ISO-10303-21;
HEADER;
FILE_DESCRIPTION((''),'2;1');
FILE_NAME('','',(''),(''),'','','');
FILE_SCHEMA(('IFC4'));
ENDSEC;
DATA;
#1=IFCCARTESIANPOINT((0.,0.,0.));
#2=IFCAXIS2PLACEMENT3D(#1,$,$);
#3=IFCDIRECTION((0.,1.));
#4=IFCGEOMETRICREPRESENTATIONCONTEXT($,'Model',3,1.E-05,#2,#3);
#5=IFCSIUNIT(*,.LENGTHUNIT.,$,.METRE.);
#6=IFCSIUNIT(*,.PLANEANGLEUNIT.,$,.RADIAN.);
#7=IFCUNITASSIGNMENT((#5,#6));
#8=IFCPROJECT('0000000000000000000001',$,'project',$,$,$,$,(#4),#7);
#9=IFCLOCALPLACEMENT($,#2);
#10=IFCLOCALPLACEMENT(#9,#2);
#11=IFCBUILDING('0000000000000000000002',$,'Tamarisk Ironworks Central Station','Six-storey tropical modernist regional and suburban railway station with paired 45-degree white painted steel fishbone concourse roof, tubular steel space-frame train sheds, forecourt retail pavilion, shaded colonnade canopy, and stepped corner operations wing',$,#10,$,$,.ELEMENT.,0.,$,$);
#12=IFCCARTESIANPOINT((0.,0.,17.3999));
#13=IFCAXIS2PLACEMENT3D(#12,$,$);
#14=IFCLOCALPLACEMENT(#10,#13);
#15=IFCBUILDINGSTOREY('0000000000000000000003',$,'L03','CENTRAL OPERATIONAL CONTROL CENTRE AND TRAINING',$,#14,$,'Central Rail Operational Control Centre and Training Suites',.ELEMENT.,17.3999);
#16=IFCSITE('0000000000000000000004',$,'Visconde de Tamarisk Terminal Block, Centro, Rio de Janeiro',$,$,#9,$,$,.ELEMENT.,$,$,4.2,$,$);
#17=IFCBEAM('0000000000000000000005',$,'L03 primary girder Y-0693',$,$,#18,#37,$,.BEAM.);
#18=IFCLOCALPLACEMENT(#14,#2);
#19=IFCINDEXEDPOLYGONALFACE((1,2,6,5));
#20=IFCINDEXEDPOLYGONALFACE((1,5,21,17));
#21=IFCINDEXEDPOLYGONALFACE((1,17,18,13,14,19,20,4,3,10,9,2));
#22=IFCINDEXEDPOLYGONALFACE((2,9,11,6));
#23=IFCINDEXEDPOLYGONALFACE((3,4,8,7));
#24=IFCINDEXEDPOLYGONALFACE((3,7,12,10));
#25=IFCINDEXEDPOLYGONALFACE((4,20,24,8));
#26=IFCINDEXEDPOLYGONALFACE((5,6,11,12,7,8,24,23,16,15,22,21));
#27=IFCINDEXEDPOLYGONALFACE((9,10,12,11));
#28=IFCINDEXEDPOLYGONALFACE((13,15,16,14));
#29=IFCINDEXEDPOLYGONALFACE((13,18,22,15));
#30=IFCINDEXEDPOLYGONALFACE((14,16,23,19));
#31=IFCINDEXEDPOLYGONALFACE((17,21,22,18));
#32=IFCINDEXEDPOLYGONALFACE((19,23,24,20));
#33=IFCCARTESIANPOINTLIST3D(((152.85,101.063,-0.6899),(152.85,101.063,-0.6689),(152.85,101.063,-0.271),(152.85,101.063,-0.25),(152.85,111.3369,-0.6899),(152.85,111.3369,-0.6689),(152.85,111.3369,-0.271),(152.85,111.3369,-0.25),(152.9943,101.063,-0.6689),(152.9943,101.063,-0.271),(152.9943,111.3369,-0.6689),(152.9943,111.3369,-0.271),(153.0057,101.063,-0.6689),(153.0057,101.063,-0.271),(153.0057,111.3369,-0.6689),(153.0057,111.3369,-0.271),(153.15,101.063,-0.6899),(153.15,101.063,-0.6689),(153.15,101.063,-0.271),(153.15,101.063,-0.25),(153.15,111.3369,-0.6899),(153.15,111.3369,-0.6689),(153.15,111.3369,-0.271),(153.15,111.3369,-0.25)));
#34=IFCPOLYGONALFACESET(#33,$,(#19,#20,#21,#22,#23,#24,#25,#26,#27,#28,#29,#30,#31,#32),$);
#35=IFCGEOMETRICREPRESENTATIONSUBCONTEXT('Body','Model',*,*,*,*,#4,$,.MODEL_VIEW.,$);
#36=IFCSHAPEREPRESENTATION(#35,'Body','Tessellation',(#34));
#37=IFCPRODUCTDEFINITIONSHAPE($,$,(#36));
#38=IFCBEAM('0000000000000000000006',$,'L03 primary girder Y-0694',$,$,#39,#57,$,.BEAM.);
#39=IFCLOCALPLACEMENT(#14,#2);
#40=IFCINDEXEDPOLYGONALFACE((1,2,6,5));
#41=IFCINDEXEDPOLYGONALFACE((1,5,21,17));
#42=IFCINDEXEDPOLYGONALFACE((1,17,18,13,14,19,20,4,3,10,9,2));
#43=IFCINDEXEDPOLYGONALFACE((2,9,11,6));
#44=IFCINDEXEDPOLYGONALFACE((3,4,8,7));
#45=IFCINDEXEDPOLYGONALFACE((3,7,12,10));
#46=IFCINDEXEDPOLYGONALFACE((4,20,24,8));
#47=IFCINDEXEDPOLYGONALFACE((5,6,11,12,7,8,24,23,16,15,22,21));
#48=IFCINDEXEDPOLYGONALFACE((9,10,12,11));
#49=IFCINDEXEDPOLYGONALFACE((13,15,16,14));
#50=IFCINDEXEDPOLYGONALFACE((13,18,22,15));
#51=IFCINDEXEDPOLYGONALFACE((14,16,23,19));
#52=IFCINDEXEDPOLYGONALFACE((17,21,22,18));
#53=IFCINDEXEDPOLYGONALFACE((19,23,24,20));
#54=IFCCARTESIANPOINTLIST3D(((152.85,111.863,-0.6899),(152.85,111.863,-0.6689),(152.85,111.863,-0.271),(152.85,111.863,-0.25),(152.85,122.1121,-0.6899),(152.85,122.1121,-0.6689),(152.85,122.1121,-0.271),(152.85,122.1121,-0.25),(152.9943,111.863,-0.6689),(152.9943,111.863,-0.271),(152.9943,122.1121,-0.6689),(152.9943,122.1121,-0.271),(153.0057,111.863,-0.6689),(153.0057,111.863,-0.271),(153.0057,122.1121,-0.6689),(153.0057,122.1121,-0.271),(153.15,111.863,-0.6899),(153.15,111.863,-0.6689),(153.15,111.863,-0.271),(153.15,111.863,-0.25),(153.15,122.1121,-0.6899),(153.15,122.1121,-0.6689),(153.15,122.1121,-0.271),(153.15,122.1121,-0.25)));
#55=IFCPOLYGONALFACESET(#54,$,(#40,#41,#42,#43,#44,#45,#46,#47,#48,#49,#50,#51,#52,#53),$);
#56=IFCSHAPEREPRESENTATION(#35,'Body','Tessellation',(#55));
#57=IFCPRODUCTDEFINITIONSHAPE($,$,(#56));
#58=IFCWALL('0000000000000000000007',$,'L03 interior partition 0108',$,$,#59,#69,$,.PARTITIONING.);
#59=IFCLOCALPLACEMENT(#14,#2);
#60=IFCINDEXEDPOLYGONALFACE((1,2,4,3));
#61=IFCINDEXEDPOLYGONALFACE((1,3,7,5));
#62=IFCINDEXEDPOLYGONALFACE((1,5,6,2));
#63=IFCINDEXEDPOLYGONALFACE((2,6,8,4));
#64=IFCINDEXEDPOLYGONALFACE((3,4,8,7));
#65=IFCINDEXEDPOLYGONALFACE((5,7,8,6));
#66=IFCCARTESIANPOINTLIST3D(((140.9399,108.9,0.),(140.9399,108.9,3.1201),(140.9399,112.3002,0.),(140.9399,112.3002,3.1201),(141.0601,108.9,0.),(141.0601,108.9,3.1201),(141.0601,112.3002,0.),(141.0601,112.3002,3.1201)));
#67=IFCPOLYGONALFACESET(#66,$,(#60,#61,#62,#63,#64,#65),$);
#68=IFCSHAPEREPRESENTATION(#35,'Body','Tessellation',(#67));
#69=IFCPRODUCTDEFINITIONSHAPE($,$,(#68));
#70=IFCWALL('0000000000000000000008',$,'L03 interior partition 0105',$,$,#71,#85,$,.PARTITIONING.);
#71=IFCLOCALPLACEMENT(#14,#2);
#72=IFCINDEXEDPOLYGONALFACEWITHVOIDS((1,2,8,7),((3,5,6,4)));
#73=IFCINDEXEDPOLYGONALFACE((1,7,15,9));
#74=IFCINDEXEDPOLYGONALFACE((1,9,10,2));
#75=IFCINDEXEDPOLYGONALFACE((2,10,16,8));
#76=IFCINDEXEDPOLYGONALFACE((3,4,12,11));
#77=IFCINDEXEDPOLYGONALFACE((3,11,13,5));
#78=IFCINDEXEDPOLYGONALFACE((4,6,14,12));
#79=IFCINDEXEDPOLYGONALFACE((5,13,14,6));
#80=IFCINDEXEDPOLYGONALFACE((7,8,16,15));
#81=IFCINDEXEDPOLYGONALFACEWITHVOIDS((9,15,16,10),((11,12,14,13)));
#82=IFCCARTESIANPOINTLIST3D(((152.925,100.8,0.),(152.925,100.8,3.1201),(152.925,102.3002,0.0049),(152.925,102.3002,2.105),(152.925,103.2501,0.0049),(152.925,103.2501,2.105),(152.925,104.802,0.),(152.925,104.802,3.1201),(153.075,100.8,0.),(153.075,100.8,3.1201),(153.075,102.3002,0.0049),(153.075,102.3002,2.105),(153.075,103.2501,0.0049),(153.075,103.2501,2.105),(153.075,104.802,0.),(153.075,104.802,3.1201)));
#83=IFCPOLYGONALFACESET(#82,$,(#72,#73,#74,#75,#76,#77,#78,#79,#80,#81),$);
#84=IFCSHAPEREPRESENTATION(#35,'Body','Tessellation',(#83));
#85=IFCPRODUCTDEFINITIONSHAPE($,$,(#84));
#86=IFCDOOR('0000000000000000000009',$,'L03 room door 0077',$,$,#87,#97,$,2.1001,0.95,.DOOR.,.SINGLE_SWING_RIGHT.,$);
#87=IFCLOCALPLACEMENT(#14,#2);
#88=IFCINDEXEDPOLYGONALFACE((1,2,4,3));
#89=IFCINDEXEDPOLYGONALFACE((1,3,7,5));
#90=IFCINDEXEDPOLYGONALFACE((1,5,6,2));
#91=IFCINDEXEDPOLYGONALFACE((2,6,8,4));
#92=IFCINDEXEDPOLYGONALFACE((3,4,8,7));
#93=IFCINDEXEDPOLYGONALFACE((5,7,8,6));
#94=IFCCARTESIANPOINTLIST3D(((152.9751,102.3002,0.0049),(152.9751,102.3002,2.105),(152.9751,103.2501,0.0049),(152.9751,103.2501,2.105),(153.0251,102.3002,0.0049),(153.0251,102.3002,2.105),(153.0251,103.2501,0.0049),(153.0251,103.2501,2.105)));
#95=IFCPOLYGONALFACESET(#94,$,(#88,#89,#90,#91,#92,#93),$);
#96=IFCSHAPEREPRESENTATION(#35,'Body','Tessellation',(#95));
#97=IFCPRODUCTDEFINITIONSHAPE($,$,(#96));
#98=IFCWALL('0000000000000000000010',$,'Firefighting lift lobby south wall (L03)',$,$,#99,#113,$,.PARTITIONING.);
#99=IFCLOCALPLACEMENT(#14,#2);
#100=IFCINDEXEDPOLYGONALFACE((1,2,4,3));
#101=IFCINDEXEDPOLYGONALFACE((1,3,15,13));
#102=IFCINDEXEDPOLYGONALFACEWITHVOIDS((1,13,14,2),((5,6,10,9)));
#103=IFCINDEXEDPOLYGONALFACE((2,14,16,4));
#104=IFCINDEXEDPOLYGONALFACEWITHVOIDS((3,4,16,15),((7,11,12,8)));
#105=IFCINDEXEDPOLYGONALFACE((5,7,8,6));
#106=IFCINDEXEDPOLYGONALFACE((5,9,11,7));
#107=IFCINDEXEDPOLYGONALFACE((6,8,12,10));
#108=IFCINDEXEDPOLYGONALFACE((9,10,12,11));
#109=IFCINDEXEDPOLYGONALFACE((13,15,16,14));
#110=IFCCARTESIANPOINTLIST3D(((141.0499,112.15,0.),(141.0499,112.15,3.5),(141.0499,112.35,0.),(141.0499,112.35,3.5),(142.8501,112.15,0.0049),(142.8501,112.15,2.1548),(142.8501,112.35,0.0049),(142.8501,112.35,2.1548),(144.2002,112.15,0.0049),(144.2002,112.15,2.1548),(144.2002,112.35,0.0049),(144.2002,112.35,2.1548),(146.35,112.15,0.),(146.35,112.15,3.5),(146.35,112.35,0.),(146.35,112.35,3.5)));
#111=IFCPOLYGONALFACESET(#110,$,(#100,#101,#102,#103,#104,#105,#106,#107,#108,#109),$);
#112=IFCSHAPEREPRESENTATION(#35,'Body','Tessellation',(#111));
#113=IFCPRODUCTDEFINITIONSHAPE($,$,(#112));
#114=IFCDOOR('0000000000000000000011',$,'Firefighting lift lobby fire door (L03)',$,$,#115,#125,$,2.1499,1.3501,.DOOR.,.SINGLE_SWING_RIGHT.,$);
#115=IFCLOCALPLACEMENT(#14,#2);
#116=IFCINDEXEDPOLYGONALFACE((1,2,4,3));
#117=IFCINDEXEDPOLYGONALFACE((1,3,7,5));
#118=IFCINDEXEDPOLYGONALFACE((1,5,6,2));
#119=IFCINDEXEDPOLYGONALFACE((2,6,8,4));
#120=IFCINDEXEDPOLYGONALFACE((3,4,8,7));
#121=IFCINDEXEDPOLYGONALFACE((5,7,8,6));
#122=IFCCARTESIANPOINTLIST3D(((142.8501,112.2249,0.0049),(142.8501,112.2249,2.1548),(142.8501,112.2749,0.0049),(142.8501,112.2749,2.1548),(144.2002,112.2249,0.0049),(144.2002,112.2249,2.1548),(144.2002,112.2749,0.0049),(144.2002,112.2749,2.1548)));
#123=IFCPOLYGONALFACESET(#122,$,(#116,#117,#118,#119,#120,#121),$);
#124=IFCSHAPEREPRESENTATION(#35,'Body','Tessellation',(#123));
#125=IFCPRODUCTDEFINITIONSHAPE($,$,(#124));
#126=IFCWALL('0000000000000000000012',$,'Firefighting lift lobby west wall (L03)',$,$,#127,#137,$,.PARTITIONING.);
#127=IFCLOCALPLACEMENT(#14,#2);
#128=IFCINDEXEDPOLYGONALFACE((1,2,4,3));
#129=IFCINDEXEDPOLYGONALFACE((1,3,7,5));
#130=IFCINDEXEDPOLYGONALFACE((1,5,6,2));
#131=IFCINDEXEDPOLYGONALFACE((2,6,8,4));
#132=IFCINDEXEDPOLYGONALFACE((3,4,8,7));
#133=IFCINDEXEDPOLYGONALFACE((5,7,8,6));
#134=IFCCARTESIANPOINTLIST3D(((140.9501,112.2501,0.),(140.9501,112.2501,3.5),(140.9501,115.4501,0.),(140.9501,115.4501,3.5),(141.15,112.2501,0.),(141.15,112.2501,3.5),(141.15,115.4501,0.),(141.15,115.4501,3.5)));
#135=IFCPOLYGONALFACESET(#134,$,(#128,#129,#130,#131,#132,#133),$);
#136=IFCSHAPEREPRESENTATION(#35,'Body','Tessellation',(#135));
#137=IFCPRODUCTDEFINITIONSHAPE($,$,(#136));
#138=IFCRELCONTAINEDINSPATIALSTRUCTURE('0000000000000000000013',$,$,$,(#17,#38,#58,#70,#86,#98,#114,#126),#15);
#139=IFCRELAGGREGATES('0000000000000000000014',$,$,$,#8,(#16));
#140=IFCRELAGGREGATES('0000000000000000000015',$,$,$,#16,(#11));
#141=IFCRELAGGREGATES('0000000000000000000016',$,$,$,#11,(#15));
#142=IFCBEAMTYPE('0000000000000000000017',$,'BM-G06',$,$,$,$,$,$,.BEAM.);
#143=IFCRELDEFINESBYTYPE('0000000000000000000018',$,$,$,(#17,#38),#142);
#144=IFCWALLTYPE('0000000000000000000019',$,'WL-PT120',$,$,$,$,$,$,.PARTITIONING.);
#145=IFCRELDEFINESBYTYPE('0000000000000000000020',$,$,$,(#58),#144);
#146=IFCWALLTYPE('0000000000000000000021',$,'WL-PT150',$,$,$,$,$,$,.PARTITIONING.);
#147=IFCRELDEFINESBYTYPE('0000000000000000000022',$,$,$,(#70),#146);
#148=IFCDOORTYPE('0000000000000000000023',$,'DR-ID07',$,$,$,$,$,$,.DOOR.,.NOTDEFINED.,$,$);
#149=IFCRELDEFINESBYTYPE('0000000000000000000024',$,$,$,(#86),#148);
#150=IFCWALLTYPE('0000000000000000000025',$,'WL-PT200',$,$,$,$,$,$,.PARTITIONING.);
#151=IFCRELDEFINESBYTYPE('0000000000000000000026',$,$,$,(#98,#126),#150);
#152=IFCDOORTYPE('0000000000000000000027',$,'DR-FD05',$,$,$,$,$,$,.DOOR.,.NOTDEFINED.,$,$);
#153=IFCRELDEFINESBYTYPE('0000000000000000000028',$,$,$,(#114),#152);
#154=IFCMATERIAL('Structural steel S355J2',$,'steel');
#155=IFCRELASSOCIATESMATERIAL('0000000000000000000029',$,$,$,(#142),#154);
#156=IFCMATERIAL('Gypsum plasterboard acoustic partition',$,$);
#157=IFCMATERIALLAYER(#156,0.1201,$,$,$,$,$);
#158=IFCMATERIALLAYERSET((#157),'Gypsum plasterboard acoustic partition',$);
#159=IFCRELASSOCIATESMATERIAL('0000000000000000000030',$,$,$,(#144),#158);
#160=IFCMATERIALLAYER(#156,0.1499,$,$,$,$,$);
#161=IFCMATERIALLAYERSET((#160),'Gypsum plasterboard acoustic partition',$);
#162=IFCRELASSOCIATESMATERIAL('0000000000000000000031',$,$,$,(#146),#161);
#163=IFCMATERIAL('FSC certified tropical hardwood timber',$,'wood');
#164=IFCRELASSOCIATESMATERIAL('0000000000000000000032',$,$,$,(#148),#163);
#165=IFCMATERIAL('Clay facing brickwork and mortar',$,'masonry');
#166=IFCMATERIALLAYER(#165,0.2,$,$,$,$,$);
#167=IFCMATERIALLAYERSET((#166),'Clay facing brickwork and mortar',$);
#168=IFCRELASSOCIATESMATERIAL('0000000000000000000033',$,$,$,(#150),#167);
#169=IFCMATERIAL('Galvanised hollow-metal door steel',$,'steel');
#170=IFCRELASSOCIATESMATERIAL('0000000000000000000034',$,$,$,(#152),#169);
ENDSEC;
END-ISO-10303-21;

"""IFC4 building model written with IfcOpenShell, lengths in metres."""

from ifc_helpers import new_model, si_unit, direction, frame, frame_2d, origin, origin_2d, place, context, subcontext, project, spatial, rectangle, i_section, extrude, material, layer, layer_set, material_profile, profile_set, type_object, element, fill, save


model = new_model("IFC4")

# Units and contexts
model_context = context("Model", 3, precision=1e-05, world=origin(), true_north=direction((0.0, 1.0)))
body_context = subcontext(model_context, "Body", "Model", "MODEL_VIEW")
ifc_project = project(units=[si_unit("LENGTHUNIT", "METRE"), si_unit("PLANEANGLEUNIT", "RADIAN")], contexts=[model_context])

# Site, building, storey
site_placement = place(None, origin())
site = spatial("IfcSite", under=ifc_project, at=site_placement, Name="Visconde de Tamarisk Terminal Block, Centro, Rio de Janeiro", CompositionType="ELEMENT", RefElevation=4.2)
building_placement = place(site_placement, origin())
building = spatial("IfcBuilding", under=site, at=building_placement, Name="Tamarisk Ironworks Central Station", Description="Six-storey tropical modernist regional and suburban railway station with paired 45-degree white painted steel fishbone concourse roof, tubular steel space-frame train sheds, forecourt retail pavilion, shaded colonnade canopy, and stepped corner operations wing", CompositionType="ELEMENT", ElevationOfRefHeight=0.0)
storey_placement = place(building_placement, frame((0.0, 0.0, 17.3999)))
storey = spatial("IfcBuildingStorey", under=building, at=storey_placement, Name="L03", Description="CENTRAL OPERATIONAL CONTROL CENTRE AND TRAINING", LongName="Central Rail Operational Control Centre and Training Suites", CompositionType="ELEMENT", Elevation=17.3999)

# Shared definitions
ifc_material_1 = material(Name="Structural steel S355J2", Category="steel")

# Beams
ifc_material_profile_1 = material_profile(ifc_material_1, i_section(OverallWidth=0.3, OverallDepth=0.4399, WebThickness=0.0115, FlangeThickness=0.021, at=origin_2d()), Name="HEA 450")
ifc_profile_set_1 = profile_set([ifc_material_profile_1], Name="Structural steel S355J2")
beam_type_1 = type_object("IfcBeamType", Name="BM-G06", PredefinedType="BEAM", material=ifc_profile_set_1)
beam_1_placement = place(storey_placement, frame((153.0, 101.063, -0.47), z_axis=(0.0, 1.0, 0.0), x_axis=(-1.0, 0.0, 0.0)))
element("IfcBeam", 1, at=beam_1_placement, inside=storey, type_object=beam_type_1, Name="L03 primary girder Y-0693", PredefinedType="BEAM", context=body_context, shape_type="SweptSolid", body=[
    extrude(i_section(OverallWidth=0.3, OverallDepth=0.4399, WebThickness=0.0115, FlangeThickness=0.021, at=origin_2d()), origin(), (0.0, 0.0, 1.0), 10.2739),
])
beam_2_placement = place(storey_placement, frame((153.0, 111.863, -0.47), z_axis=(0.0, 1.0, 0.0), x_axis=(-1.0, 0.0, 0.0)))
element("IfcBeam", 2, at=beam_2_placement, inside=storey, type_object=beam_type_1, Name="L03 primary girder Y-0694", PredefinedType="BEAM", context=body_context, shape_type="SweptSolid", body=[
    extrude(i_section(OverallWidth=0.3, OverallDepth=0.4399, WebThickness=0.0115, FlangeThickness=0.021, at=origin_2d()), origin(), (0.0, 0.0, 1.0), 10.249),
])

# Wall
ifc_material_2 = material(Name="Gypsum plasterboard acoustic partition")
ifc_layer_1 = layer(ifc_material_2, 0.1201)
ifc_layer_set_1 = layer_set([ifc_layer_1], Name="Gypsum plasterboard acoustic partition")
wall_type_1 = type_object("IfcWallType", Name="WL-PT120", PredefinedType="PARTITIONING", material=ifc_layer_set_1)
wall_1_placement = place(storey_placement, frame((141.0, 108.8999, 0.0), z_axis=(0.0, 0.0, 1.0), x_axis=(0.0, 1.0, 0.0)))
element("IfcWall", 3, at=wall_1_placement, inside=storey, type_object=wall_type_1, Name="L03 interior partition 0108", PredefinedType="PARTITIONING", context=body_context, shape_type="SweptSolid", body=[
    extrude(rectangle(XDim=3.4001, YDim=0.1201, at=frame_2d((1.7002, 0.0))), origin(), (0.0, 0.0, 1.0), 3.1201),
])

# Walls, openings, doors
ifc_layer_2 = layer(ifc_material_2, 0.1499)
ifc_layer_set_2 = layer_set([ifc_layer_2], Name="Gypsum plasterboard acoustic partition")
wall_type_2 = type_object("IfcWallType", Name="WL-PT150", PredefinedType="PARTITIONING", material=ifc_layer_set_2)
wall_2_placement = place(storey_placement, frame((153.0, 100.8, 0.0), z_axis=(0.0, 0.0, 1.0), x_axis=(0.0, 1.0, 0.0)))
wall_2 = element("IfcWall", 4, at=wall_2_placement, inside=storey, type_object=wall_type_2, Name="L03 interior partition 0105", PredefinedType="PARTITIONING", context=body_context, shape_type="SweptSolid", body=[
    extrude(rectangle(XDim=4.002, YDim=0.1499, at=frame_2d((2.001, 0.0))), origin(), (0.0, 0.0, 1.0), 3.1201),
])
opening_1_placement = place(wall_2_placement, frame((1.5, 0.0, 0.0049)))
opening_1 = element("IfcOpeningElement", 5, at=opening_1_placement, cuts=wall_2, PredefinedType="OPENING", context=body_context, shape_type="SweptSolid", body=[
    extrude(rectangle(XDim=0.95, YDim=2.1001, at=frame_2d((0.4751, 1.05))), frame((0.0, 0.0869, 0.0), z_axis=(0.0, -1.0, 0.0), x_axis=(1.0, 0.0, 0.0)), (0.0, 0.0, 1.0), 0.1738),
])
ifc_material_3 = material(Name="FSC certified tropical hardwood timber", Category="wood")
door_type_1 = type_object("IfcDoorType", Name="DR-ID07", OperationType="NOTDEFINED", PredefinedType="DOOR", material=ifc_material_3)
door_1_placement = place(opening_1_placement, origin())
door_1 = element("IfcDoor", 6, at=door_1_placement, inside=storey, type_object=door_type_1, Name="L03 room door 0077", OperationType="SINGLE_SWING_RIGHT", OverallHeight=2.1001, OverallWidth=0.95, PredefinedType="DOOR", context=body_context, shape_type="SweptSolid", body=[
    extrude(rectangle(XDim=0.95, YDim=2.1001, at=frame_2d((0.4751, 1.05))), frame((0.0, 0.0249, 0.0), z_axis=(0.0, -1.0, 0.0), x_axis=(1.0, 0.0, 0.0)), (0.0, 0.0, 1.0), 0.05),
])
fill(opening_1, door_1)
ifc_material_4 = material(Name="Clay facing brickwork and mortar", Category="masonry")
ifc_layer_3 = layer(ifc_material_4, 0.2)
ifc_layer_set_3 = layer_set([ifc_layer_3], Name="Clay facing brickwork and mortar")
wall_type_3 = type_object("IfcWallType", Name="WL-PT200", PredefinedType="PARTITIONING", material=ifc_layer_set_3)
wall_3_placement = place(storey_placement, frame((141.05, 112.25, 0.0), z_axis=(0.0, 0.0, 1.0), x_axis=(1.0, 0.0, 0.0)))
wall_3 = element("IfcWall", 7, at=wall_3_placement, inside=storey, type_object=wall_type_3, Name="Firefighting lift lobby south wall (L03)", PredefinedType="PARTITIONING", context=body_context, shape_type="SweptSolid", body=[
    extrude(rectangle(XDim=5.3, YDim=0.2, at=frame_2d((2.6499, 0.0))), origin(), (0.0, 0.0, 1.0), 3.5),
])
opening_2_placement = place(wall_3_placement, frame((1.8, 0.0, 0.0049)))
opening_2 = element("IfcOpeningElement", 8, at=opening_2_placement, cuts=wall_3, PredefinedType="OPENING", context=body_context, shape_type="SweptSolid", body=[
    extrude(rectangle(XDim=1.3501, YDim=2.1499, at=frame_2d((0.675, 1.075))), frame((0.0, 0.1118, 0.0), z_axis=(0.0, -1.0, 0.0), x_axis=(1.0, 0.0, 0.0)), (0.0, 0.0, 1.0), 0.2239),
])
ifc_material_5 = material(Name="Galvanised hollow-metal door steel", Category="steel")
door_type_2 = type_object("IfcDoorType", Name="DR-FD05", OperationType="NOTDEFINED", PredefinedType="DOOR", material=ifc_material_5)
door_2_placement = place(opening_2_placement, origin())
door_2 = element("IfcDoor", 9, at=door_2_placement, inside=storey, type_object=door_type_2, Name="Firefighting lift lobby fire door (L03)", OperationType="SINGLE_SWING_RIGHT", OverallHeight=2.1499, OverallWidth=1.3501, PredefinedType="DOOR", context=body_context, shape_type="SweptSolid", body=[
    extrude(rectangle(XDim=1.3501, YDim=2.1499, at=frame_2d((0.675, 1.075))), frame((0.0, 0.0249, 0.0), z_axis=(0.0, -1.0, 0.0), x_axis=(1.0, 0.0, 0.0)), (0.0, 0.0, 1.0), 0.05),
])
fill(opening_2, door_2)

# Wall
wall_4_placement = place(storey_placement, frame((141.05, 112.25, 0.0), z_axis=(0.0, 0.0, 1.0), x_axis=(0.0, 1.0, 0.0)))
element("IfcWall", 10, at=wall_4_placement, inside=storey, type_object=wall_type_3, Name="Firefighting lift lobby west wall (L03)", PredefinedType="PARTITIONING", context=body_context, shape_type="SweptSolid", body=[
    extrude(rectangle(XDim=3.2, YDim=0.2, at=frame_2d((1.6001, 0.0))), origin(), (0.0, 0.0, 1.0), 3.5),
])

save(model, "model.ifc")
